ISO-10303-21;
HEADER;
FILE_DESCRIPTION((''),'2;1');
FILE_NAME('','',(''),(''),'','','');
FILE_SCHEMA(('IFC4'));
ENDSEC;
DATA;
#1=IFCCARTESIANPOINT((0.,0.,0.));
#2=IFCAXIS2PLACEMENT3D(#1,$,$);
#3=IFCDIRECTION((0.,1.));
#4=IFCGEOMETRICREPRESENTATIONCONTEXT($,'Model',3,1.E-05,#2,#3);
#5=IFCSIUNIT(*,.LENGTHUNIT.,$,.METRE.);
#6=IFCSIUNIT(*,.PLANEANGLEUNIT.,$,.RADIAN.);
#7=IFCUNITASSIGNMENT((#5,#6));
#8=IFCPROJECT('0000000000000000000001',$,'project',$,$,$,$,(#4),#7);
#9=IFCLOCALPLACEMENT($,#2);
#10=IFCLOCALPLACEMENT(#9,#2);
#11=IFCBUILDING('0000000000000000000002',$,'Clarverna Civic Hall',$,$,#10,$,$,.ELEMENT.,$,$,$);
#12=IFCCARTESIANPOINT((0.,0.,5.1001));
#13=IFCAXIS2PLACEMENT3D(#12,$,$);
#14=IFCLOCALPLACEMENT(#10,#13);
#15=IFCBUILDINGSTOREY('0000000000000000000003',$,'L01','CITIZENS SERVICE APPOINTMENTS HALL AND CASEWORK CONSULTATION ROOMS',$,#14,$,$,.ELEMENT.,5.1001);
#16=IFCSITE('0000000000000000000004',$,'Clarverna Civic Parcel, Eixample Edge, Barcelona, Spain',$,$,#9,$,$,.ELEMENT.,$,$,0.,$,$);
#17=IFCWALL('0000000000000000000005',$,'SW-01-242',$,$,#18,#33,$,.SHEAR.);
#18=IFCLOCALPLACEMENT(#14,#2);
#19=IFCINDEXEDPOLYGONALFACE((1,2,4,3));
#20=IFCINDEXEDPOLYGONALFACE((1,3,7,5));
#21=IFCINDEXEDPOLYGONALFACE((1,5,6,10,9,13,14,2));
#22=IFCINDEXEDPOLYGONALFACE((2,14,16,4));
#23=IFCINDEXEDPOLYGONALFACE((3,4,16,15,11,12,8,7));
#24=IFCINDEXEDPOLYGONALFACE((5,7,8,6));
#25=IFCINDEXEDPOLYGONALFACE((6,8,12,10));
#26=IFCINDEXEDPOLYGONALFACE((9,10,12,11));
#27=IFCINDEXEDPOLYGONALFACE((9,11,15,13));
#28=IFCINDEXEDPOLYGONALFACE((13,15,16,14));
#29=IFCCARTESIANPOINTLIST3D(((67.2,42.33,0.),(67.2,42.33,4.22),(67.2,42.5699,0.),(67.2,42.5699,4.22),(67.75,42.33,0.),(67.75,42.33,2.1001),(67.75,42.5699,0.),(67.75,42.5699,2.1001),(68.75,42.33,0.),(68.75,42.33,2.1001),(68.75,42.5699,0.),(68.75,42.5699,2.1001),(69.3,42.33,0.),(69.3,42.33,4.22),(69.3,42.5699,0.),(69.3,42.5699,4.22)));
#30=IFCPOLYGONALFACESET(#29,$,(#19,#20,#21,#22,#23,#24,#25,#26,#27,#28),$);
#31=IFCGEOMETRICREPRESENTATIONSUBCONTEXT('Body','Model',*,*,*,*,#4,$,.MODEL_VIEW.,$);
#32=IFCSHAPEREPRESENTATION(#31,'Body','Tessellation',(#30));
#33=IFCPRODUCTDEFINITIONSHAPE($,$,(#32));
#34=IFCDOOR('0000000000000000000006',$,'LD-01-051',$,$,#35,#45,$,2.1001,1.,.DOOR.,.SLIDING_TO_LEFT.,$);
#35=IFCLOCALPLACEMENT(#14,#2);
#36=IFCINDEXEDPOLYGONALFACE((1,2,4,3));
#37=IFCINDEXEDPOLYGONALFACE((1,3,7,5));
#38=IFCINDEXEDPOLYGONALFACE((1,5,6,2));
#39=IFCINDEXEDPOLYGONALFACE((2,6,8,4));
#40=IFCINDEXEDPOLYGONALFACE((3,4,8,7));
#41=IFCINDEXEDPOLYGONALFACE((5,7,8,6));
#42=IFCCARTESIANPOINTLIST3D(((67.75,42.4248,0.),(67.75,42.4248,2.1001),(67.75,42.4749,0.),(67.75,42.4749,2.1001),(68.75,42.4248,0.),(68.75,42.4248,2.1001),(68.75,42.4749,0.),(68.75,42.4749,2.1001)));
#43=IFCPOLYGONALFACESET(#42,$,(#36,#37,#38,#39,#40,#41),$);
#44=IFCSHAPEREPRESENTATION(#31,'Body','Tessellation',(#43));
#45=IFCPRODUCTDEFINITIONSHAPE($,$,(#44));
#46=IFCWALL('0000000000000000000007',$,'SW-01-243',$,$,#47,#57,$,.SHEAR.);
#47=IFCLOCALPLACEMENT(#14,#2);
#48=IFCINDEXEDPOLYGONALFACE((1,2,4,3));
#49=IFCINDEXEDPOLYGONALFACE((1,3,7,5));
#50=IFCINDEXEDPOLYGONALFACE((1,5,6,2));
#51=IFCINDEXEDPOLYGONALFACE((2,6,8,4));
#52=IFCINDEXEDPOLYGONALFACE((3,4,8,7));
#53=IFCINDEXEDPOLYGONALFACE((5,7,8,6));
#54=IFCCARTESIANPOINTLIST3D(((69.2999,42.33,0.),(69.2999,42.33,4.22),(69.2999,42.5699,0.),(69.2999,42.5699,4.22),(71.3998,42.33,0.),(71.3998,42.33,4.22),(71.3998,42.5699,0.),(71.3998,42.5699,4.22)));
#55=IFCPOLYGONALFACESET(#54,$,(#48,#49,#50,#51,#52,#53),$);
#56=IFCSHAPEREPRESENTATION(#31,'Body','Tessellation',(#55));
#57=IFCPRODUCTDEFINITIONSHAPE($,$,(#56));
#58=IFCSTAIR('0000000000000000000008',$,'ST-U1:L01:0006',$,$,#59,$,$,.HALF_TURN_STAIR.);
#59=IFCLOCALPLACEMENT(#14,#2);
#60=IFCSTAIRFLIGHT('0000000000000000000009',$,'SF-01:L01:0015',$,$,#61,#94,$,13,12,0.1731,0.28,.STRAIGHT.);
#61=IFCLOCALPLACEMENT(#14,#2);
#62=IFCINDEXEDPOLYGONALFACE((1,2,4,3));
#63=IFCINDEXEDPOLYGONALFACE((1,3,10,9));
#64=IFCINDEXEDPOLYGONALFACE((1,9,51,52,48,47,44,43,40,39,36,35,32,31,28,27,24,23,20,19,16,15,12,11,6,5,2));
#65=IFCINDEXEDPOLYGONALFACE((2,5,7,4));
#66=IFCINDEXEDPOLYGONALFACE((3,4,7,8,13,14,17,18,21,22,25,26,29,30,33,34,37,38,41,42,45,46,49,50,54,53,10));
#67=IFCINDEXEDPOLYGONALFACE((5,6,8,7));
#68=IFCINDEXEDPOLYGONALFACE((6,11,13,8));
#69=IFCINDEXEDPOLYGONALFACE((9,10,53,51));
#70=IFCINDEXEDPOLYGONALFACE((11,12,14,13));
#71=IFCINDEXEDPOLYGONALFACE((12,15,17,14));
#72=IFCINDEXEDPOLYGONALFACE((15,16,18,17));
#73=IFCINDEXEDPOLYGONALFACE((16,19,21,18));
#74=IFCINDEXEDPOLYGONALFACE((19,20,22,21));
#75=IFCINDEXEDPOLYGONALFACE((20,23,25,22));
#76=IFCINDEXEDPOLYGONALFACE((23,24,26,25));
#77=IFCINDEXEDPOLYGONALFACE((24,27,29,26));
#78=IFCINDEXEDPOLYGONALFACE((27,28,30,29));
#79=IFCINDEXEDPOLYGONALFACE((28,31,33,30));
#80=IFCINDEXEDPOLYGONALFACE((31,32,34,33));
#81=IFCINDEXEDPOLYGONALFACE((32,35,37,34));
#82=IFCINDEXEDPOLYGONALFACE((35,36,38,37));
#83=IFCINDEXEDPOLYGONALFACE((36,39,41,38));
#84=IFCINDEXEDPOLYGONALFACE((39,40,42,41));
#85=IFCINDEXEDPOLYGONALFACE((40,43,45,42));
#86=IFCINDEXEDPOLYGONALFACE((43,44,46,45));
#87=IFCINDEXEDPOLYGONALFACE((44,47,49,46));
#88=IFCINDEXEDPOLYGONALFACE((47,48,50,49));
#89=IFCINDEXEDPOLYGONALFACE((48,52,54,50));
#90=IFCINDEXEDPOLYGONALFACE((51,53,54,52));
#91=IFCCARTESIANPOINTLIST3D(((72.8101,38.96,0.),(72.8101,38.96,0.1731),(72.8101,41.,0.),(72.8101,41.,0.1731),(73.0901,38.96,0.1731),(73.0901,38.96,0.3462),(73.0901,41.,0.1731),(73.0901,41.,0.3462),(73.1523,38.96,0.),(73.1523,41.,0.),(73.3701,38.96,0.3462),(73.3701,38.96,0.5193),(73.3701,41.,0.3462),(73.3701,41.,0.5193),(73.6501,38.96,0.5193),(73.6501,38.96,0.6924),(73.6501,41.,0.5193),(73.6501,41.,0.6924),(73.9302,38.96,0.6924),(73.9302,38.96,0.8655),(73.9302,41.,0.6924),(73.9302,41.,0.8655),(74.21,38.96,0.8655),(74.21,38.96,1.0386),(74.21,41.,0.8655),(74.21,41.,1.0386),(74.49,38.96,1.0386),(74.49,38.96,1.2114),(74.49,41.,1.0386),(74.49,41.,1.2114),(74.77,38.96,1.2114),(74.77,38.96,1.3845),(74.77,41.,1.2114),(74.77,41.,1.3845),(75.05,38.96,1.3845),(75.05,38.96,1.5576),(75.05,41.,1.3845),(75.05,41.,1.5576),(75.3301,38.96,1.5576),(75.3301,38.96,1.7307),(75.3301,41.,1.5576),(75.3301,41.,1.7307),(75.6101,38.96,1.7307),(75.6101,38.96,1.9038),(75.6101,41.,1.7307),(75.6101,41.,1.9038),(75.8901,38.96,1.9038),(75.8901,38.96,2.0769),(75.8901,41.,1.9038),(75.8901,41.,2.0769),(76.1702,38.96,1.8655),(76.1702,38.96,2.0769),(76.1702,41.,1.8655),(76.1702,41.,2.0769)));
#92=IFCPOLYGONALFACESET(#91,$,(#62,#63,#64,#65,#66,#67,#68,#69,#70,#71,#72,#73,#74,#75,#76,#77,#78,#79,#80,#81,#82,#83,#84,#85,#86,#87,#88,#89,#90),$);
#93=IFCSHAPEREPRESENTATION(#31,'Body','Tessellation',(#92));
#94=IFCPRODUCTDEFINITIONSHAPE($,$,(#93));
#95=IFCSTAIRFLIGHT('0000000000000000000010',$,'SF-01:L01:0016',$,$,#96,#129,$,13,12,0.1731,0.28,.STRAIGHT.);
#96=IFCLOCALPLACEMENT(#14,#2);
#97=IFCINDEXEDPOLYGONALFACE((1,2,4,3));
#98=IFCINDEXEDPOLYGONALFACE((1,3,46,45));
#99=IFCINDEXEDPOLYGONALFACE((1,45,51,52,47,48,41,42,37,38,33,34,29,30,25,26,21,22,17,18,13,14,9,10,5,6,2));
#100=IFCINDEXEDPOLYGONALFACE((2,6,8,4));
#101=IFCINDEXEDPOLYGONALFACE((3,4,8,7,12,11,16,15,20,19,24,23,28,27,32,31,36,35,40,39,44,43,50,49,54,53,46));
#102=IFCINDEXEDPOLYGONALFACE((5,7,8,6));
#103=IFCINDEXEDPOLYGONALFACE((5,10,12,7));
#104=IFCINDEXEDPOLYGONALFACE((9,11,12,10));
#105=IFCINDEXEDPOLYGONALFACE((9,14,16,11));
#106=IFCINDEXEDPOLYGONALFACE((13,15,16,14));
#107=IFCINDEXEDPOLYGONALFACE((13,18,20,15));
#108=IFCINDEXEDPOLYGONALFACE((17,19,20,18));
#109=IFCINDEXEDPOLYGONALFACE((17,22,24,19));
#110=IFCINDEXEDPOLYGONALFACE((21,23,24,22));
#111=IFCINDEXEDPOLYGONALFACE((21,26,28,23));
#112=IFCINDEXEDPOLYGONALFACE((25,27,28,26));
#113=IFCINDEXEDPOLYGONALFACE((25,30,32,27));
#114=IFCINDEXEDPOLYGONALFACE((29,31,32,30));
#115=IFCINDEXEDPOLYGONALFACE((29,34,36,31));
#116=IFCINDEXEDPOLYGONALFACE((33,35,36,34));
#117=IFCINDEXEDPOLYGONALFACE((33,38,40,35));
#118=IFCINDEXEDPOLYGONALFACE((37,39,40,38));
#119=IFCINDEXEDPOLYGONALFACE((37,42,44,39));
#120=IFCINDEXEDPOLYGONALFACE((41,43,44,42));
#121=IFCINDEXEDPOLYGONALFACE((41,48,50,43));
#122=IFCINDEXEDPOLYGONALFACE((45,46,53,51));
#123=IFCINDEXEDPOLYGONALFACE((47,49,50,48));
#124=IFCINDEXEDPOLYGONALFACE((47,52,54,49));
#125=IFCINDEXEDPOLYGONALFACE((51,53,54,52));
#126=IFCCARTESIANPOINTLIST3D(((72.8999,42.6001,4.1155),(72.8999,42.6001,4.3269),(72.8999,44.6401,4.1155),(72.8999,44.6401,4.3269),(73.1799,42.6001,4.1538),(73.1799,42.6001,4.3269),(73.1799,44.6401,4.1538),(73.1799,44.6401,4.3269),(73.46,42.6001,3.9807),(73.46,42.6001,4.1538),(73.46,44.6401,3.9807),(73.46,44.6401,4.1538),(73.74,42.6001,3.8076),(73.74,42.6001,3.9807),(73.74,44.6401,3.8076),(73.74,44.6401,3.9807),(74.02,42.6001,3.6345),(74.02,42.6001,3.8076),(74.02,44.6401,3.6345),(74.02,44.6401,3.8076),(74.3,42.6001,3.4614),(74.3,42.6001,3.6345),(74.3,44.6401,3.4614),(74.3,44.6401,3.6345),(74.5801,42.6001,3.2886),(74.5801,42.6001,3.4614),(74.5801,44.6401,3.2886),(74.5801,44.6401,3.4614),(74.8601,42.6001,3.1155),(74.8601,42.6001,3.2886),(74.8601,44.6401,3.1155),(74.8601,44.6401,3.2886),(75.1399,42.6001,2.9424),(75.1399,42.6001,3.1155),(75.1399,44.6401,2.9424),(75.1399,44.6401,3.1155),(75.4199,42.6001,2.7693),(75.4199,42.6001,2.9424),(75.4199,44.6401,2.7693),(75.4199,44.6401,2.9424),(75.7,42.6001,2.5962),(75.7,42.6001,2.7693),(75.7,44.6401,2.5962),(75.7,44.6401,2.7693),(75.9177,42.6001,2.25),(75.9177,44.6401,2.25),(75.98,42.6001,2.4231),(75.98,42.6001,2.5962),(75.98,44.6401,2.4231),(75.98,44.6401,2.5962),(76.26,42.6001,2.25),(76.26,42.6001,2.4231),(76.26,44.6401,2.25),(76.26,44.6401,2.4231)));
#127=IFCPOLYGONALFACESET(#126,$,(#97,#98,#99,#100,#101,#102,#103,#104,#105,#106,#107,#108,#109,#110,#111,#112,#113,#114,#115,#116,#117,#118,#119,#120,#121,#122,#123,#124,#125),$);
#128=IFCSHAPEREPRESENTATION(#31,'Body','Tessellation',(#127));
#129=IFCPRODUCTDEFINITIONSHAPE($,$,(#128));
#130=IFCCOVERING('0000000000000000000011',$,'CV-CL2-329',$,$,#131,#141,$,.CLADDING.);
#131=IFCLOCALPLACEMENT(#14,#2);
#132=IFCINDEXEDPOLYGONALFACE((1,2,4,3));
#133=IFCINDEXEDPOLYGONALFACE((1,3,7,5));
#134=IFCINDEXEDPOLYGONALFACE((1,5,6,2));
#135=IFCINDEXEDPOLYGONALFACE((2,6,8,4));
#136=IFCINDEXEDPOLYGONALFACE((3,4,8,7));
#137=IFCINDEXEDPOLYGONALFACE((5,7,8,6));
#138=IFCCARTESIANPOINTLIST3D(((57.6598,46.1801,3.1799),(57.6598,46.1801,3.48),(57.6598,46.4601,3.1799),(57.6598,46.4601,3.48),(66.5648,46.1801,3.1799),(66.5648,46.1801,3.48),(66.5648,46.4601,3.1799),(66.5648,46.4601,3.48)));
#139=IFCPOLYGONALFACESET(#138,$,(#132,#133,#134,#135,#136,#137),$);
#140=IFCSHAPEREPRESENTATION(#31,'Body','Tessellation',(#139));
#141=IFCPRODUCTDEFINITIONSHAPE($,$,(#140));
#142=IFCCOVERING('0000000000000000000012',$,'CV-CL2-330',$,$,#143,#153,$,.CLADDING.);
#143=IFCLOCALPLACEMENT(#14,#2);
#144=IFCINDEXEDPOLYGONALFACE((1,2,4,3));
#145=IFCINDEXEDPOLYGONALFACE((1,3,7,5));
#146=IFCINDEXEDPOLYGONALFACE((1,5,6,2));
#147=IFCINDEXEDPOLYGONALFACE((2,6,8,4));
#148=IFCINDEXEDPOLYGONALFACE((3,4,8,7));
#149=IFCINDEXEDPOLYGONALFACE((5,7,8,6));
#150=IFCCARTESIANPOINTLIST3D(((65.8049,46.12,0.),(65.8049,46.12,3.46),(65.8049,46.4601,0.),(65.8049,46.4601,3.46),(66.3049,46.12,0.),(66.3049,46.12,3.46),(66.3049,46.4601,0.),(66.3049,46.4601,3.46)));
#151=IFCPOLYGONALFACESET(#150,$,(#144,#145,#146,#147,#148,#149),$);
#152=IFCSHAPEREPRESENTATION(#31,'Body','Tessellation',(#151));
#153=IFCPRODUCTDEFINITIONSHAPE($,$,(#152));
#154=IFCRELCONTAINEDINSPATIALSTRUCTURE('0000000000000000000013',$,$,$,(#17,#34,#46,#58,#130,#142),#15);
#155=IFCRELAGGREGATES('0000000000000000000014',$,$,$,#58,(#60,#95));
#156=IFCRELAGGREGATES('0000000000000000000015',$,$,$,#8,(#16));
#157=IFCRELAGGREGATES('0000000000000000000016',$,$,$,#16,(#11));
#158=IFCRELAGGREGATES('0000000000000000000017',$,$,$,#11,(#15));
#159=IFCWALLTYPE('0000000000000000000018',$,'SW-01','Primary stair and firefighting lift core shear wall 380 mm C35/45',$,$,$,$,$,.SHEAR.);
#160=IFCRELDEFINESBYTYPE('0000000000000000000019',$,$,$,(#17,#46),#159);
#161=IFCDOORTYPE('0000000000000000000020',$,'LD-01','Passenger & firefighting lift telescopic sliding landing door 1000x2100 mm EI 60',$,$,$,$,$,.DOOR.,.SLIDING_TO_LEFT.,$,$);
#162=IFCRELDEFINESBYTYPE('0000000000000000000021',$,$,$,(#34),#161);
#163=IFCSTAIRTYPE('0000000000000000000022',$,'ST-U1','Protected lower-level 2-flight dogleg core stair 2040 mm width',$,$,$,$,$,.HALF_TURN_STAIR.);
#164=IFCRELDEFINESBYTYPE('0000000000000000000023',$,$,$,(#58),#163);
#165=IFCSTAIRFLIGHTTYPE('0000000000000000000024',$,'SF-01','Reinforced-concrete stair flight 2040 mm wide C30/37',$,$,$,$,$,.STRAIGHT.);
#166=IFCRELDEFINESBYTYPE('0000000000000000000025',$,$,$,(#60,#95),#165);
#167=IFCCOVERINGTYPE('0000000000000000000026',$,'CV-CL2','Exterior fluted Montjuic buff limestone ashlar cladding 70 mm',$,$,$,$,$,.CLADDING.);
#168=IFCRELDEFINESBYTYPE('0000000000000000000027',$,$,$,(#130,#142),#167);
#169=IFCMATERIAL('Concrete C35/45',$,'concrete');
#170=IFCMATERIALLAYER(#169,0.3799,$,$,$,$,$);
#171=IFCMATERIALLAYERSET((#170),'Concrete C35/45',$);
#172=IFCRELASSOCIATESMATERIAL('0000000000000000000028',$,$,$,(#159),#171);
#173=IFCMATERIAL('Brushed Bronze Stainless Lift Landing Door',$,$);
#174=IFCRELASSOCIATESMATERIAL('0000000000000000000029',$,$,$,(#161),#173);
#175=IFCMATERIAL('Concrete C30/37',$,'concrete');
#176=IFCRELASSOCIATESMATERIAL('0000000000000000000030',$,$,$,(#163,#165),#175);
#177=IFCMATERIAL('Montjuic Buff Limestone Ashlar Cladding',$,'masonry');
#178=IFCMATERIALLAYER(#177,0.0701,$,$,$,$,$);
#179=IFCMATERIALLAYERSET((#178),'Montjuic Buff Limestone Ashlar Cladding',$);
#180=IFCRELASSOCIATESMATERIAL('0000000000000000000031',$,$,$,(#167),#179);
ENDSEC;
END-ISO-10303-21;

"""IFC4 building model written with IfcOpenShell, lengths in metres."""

from ifc_helpers import new_model, si_unit, direction, frame, frame_2d, origin, place, context, subcontext, project, spatial, polyline, rectangle, outline, extrude, material, layer, layer_set, type_object, element, fill, aggregate, save


model = new_model("IFC4")

# Units and contexts
model_context = context("Model", 3, precision=1e-05, world=origin(), true_north=direction((0.0, 1.0)))
body_context = subcontext(model_context, "Body", "Model", "MODEL_VIEW")
ifc_project = project(units=[si_unit("LENGTHUNIT", "METRE"), si_unit("PLANEANGLEUNIT", "RADIAN")], contexts=[model_context])

# Site, building, storey
site_placement = place(None, origin())
site = spatial("IfcSite", under=ifc_project, at=site_placement, Name="Clarverna Civic Parcel, Eixample Edge, Barcelona, Spain", CompositionType="ELEMENT", RefElevation=0.0)
building_placement = place(site_placement, origin())
building = spatial("IfcBuilding", under=site, at=building_placement, Name="Clarverna Civic Hall", CompositionType="ELEMENT")
storey_placement = place(building_placement, frame((0.0, 0.0, 5.1001)))
storey = spatial("IfcBuildingStorey", under=building, at=storey_placement, Name="L01", Description="CITIZENS SERVICE APPOINTMENTS HALL AND CASEWORK CONSULTATION ROOMS", CompositionType="ELEMENT", Elevation=5.1001)

# Shared definitions
ifc_material_1 = material(Name="Concrete C35/45", Category="concrete")

# Shared definitions
ifc_layer_1 = layer(ifc_material_1, 0.3799)
ifc_layer_set_1 = layer_set([ifc_layer_1], Name="Concrete C35/45")
wall_type_1 = type_object("IfcWallType", Name="SW-01", Description="Primary stair and firefighting lift core shear wall 380 mm C35/45", PredefinedType="SHEAR", material=ifc_layer_set_1)

# Wall, opening, door
wall_1_placement = place(storey_placement, frame((67.2, 42.45, 0.0), z_axis=(0.0, 0.0, 1.0), x_axis=(1.0, 0.0, 0.0)))
wall_1 = element("IfcWall", 1, at=wall_1_placement, inside=storey, type_object=wall_type_1, Name="SW-01-242", PredefinedType="SHEAR", context=body_context, shape_type="SweptSolid", body=[
    extrude(rectangle(XDim=2.1001, YDim=0.24, at=frame_2d((1.05, 0.0))), origin(), (0.0, 0.0, 1.0), 4.22),
])
opening_1_placement = place(wall_1_placement, frame((0.55, 0.0, 0.0)))
opening_1 = element("IfcOpeningElement", 2, at=opening_1_placement, cuts=wall_1, PredefinedType="OPENING", context=body_context, shape_type="SweptSolid", body=[
    extrude(rectangle(XDim=1.0, YDim=2.1001, at=frame_2d((0.5, 1.05))), frame((0.0, 0.1299, 0.0), z_axis=(0.0, -1.0, 0.0), x_axis=(1.0, 0.0, 0.0)), (0.0, 0.0, 1.0), 0.26),
])
ifc_material_2 = material(Name="Brushed Bronze Stainless Lift Landing Door")
door_type = type_object("IfcDoorType", Name="LD-01", Description="Passenger & firefighting lift telescopic sliding landing door 1000x2100 mm EI 60", OperationType="SLIDING_TO_LEFT", PredefinedType="DOOR", material=ifc_material_2)
door_placement = place(opening_1_placement, origin())
door = element("IfcDoor", 3, at=door_placement, inside=storey, type_object=door_type, Name="LD-01-051", OperationType="SLIDING_TO_LEFT", OverallHeight=2.1001, OverallWidth=1.0, PredefinedType="DOOR", context=body_context, shape_type="SweptSolid", body=[
    extrude(rectangle(XDim=1.0, YDim=2.1001, at=frame_2d((0.5, 1.05))), frame((0.0, 0.0249, 0.0), z_axis=(0.0, -1.0, 0.0), x_axis=(1.0, 0.0, 0.0)), (0.0, 0.0, 1.0), 0.05),
])
fill(opening_1, door)

# Wall
wall_2_placement = place(storey_placement, frame((69.3, 42.45, 0.0), z_axis=(0.0, 0.0, 1.0), x_axis=(1.0, 0.0, 0.0)))
element("IfcWall", 4, at=wall_2_placement, inside=storey, type_object=wall_type_1, Name="SW-01-243", PredefinedType="SHEAR", context=body_context, shape_type="SweptSolid", body=[
    extrude(rectangle(XDim=2.0999, YDim=0.24, at=frame_2d((1.0498, 0.0))), origin(), (0.0, 0.0, 1.0), 4.22),
])

# Stair, stair flights
ifc_material_3 = material(Name="Concrete C30/37", Category="concrete")
stair_type = type_object("IfcStairType", Name="ST-U1", Description="Protected lower-level 2-flight dogleg core stair 2040 mm width", PredefinedType="HALF_TURN_STAIR", material=ifc_material_3)
stair_placement = place(storey_placement, origin())
stair = element("IfcStair", 5, at=stair_placement, inside=storey, type_object=stair_type, Name="ST-U1:L01:0006", PredefinedType="HALF_TURN_STAIR")
stair_flight_type = type_object("IfcStairFlightType", Name="SF-01", Description="Reinforced-concrete stair flight 2040 mm wide C30/37", PredefinedType="STRAIGHT", material=ifc_material_3)
stair_flight_1_placement = place(storey_placement, frame((72.8101, 39.98, 0.0), z_axis=(0.0, 0.0, 1.0), x_axis=(1.0, 0.0, 0.0)))
stair_flight_1 = element("IfcStairFlight", 6, at=stair_flight_1_placement, type_object=stair_flight_type, Name="SF-01:L01:0015", NumberOfRisers=13, NumberOfTreads=12, PredefinedType="STRAIGHT", RiserHeight=0.1731, TreadLength=0.28, context=body_context, shape_type="SweptSolid", body=[
    extrude(outline(polyline([(0.0, 0.0), (0.0, 0.1731), (0.28, 0.1731), (0.28, 0.3462), (0.5601, 0.3462), (0.5601, 0.5193), (0.8401, 0.5193), (0.8401, 0.6924), (1.1201, 0.6924), (1.1201, 0.8655), (1.3999, 0.8655), (1.3999, 1.0386), (1.6799, 1.0386), (1.6799, 1.2114), (1.96, 1.2114), (1.96, 1.3845), (2.24, 1.3845), (2.24, 1.5576), (2.52, 1.5576), (2.52, 1.7307), (2.8, 1.7307), (2.8, 1.9038), (3.0801, 1.9038), (3.0801, 2.0769), (3.3601, 2.0769), (3.3601, 2.25), (3.3601, 1.8655), (0.3423, 0.0), (0.0, 0.0)])), frame((0.0, 1.02, 0.0), z_axis=(0.0, -1.0, 0.0), x_axis=(1.0, 0.0, 0.0)), (0.0, 0.0, 1.0), 2.04),
])
stair_flight_2_placement = place(storey_placement, frame((76.26, 43.6201, 2.25), z_axis=(0.0, 0.0, 1.0), x_axis=(-1.0, 0.0, 0.0)))
stair_flight_2 = element("IfcStairFlight", 7, at=stair_flight_2_placement, type_object=stair_flight_type, Name="SF-01:L01:0016", NumberOfRisers=13, NumberOfTreads=12, PredefinedType="STRAIGHT", RiserHeight=0.1731, TreadLength=0.28, context=body_context, shape_type="SweptSolid", body=[
    extrude(outline(polyline([(0.0, 0.0), (0.0, 0.1731), (0.28, 0.1731), (0.28, 0.3462), (0.5601, 0.3462), (0.5601, 0.5193), (0.8401, 0.5193), (0.8401, 0.6924), (1.1201, 0.6924), (1.1201, 0.8655), (1.3999, 0.8655), (1.3999, 1.0386), (1.6799, 1.0386), (1.6799, 1.2114), (1.96, 1.2114), (1.96, 1.3845), (2.24, 1.3845), (2.24, 1.5576), (2.52, 1.5576), (2.52, 1.7307), (2.8, 1.7307), (2.8, 1.9038), (3.0801, 1.9038), (3.0801, 2.0769), (3.3601, 2.0769), (3.3601, 2.25), (3.3601, 1.8655), (0.3423, 0.0), (0.0, 0.0)])), frame((0.0, 1.02, 0.0), z_axis=(0.0, -1.0, 0.0), x_axis=(1.0, 0.0, 0.0)), (0.0, 0.0, 1.0), 2.04),
])
aggregate(stair, [stair_flight_1, stair_flight_2])

# Coverings
ifc_material_4 = material(Name="Montjuic Buff Limestone Ashlar Cladding", Category="masonry")
ifc_layer_2 = layer(ifc_material_4, 0.0701)
ifc_layer_set_2 = layer_set([ifc_layer_2], Name="Montjuic Buff Limestone Ashlar Cladding")
covering_type = type_object("IfcCoveringType", Name="CV-CL2", Description="Exterior fluted Montjuic buff limestone ashlar cladding 70 mm", PredefinedType="CLADDING", material=ifc_layer_set_2)
covering_1_placement = place(storey_placement, frame((66.5649, 46.3201, 3.1799), z_axis=(0.0, 0.0, 1.0), x_axis=(-1.0, 0.0, 0.0)))
element("IfcCovering", 8, at=covering_1_placement, inside=storey, type_object=covering_type, Name="CV-CL2-329", PredefinedType="CLADDING", context=body_context, shape_type="SweptSolid", body=[
    extrude(rectangle(XDim=8.905, YDim=0.28, at=frame_2d((4.4526, 0.0))), origin(), (0.0, 0.0, 1.0), 0.3),
])
covering_2_placement = place(storey_placement, frame((66.3049, 46.29, 0.0), z_axis=(0.0, 0.0, 1.0), x_axis=(-1.0, 0.0, 0.0)))
element("IfcCovering", 9, at=covering_2_placement, inside=storey, type_object=covering_type, Name="CV-CL2-330", PredefinedType="CLADDING", context=body_context, shape_type="SweptSolid", body=[
    extrude(rectangle(XDim=0.5, YDim=0.3401, at=frame_2d((0.25, 0.0))), origin(), (0.0, 0.0, 1.0), 3.46),
])

save(model, "model.ifc")
